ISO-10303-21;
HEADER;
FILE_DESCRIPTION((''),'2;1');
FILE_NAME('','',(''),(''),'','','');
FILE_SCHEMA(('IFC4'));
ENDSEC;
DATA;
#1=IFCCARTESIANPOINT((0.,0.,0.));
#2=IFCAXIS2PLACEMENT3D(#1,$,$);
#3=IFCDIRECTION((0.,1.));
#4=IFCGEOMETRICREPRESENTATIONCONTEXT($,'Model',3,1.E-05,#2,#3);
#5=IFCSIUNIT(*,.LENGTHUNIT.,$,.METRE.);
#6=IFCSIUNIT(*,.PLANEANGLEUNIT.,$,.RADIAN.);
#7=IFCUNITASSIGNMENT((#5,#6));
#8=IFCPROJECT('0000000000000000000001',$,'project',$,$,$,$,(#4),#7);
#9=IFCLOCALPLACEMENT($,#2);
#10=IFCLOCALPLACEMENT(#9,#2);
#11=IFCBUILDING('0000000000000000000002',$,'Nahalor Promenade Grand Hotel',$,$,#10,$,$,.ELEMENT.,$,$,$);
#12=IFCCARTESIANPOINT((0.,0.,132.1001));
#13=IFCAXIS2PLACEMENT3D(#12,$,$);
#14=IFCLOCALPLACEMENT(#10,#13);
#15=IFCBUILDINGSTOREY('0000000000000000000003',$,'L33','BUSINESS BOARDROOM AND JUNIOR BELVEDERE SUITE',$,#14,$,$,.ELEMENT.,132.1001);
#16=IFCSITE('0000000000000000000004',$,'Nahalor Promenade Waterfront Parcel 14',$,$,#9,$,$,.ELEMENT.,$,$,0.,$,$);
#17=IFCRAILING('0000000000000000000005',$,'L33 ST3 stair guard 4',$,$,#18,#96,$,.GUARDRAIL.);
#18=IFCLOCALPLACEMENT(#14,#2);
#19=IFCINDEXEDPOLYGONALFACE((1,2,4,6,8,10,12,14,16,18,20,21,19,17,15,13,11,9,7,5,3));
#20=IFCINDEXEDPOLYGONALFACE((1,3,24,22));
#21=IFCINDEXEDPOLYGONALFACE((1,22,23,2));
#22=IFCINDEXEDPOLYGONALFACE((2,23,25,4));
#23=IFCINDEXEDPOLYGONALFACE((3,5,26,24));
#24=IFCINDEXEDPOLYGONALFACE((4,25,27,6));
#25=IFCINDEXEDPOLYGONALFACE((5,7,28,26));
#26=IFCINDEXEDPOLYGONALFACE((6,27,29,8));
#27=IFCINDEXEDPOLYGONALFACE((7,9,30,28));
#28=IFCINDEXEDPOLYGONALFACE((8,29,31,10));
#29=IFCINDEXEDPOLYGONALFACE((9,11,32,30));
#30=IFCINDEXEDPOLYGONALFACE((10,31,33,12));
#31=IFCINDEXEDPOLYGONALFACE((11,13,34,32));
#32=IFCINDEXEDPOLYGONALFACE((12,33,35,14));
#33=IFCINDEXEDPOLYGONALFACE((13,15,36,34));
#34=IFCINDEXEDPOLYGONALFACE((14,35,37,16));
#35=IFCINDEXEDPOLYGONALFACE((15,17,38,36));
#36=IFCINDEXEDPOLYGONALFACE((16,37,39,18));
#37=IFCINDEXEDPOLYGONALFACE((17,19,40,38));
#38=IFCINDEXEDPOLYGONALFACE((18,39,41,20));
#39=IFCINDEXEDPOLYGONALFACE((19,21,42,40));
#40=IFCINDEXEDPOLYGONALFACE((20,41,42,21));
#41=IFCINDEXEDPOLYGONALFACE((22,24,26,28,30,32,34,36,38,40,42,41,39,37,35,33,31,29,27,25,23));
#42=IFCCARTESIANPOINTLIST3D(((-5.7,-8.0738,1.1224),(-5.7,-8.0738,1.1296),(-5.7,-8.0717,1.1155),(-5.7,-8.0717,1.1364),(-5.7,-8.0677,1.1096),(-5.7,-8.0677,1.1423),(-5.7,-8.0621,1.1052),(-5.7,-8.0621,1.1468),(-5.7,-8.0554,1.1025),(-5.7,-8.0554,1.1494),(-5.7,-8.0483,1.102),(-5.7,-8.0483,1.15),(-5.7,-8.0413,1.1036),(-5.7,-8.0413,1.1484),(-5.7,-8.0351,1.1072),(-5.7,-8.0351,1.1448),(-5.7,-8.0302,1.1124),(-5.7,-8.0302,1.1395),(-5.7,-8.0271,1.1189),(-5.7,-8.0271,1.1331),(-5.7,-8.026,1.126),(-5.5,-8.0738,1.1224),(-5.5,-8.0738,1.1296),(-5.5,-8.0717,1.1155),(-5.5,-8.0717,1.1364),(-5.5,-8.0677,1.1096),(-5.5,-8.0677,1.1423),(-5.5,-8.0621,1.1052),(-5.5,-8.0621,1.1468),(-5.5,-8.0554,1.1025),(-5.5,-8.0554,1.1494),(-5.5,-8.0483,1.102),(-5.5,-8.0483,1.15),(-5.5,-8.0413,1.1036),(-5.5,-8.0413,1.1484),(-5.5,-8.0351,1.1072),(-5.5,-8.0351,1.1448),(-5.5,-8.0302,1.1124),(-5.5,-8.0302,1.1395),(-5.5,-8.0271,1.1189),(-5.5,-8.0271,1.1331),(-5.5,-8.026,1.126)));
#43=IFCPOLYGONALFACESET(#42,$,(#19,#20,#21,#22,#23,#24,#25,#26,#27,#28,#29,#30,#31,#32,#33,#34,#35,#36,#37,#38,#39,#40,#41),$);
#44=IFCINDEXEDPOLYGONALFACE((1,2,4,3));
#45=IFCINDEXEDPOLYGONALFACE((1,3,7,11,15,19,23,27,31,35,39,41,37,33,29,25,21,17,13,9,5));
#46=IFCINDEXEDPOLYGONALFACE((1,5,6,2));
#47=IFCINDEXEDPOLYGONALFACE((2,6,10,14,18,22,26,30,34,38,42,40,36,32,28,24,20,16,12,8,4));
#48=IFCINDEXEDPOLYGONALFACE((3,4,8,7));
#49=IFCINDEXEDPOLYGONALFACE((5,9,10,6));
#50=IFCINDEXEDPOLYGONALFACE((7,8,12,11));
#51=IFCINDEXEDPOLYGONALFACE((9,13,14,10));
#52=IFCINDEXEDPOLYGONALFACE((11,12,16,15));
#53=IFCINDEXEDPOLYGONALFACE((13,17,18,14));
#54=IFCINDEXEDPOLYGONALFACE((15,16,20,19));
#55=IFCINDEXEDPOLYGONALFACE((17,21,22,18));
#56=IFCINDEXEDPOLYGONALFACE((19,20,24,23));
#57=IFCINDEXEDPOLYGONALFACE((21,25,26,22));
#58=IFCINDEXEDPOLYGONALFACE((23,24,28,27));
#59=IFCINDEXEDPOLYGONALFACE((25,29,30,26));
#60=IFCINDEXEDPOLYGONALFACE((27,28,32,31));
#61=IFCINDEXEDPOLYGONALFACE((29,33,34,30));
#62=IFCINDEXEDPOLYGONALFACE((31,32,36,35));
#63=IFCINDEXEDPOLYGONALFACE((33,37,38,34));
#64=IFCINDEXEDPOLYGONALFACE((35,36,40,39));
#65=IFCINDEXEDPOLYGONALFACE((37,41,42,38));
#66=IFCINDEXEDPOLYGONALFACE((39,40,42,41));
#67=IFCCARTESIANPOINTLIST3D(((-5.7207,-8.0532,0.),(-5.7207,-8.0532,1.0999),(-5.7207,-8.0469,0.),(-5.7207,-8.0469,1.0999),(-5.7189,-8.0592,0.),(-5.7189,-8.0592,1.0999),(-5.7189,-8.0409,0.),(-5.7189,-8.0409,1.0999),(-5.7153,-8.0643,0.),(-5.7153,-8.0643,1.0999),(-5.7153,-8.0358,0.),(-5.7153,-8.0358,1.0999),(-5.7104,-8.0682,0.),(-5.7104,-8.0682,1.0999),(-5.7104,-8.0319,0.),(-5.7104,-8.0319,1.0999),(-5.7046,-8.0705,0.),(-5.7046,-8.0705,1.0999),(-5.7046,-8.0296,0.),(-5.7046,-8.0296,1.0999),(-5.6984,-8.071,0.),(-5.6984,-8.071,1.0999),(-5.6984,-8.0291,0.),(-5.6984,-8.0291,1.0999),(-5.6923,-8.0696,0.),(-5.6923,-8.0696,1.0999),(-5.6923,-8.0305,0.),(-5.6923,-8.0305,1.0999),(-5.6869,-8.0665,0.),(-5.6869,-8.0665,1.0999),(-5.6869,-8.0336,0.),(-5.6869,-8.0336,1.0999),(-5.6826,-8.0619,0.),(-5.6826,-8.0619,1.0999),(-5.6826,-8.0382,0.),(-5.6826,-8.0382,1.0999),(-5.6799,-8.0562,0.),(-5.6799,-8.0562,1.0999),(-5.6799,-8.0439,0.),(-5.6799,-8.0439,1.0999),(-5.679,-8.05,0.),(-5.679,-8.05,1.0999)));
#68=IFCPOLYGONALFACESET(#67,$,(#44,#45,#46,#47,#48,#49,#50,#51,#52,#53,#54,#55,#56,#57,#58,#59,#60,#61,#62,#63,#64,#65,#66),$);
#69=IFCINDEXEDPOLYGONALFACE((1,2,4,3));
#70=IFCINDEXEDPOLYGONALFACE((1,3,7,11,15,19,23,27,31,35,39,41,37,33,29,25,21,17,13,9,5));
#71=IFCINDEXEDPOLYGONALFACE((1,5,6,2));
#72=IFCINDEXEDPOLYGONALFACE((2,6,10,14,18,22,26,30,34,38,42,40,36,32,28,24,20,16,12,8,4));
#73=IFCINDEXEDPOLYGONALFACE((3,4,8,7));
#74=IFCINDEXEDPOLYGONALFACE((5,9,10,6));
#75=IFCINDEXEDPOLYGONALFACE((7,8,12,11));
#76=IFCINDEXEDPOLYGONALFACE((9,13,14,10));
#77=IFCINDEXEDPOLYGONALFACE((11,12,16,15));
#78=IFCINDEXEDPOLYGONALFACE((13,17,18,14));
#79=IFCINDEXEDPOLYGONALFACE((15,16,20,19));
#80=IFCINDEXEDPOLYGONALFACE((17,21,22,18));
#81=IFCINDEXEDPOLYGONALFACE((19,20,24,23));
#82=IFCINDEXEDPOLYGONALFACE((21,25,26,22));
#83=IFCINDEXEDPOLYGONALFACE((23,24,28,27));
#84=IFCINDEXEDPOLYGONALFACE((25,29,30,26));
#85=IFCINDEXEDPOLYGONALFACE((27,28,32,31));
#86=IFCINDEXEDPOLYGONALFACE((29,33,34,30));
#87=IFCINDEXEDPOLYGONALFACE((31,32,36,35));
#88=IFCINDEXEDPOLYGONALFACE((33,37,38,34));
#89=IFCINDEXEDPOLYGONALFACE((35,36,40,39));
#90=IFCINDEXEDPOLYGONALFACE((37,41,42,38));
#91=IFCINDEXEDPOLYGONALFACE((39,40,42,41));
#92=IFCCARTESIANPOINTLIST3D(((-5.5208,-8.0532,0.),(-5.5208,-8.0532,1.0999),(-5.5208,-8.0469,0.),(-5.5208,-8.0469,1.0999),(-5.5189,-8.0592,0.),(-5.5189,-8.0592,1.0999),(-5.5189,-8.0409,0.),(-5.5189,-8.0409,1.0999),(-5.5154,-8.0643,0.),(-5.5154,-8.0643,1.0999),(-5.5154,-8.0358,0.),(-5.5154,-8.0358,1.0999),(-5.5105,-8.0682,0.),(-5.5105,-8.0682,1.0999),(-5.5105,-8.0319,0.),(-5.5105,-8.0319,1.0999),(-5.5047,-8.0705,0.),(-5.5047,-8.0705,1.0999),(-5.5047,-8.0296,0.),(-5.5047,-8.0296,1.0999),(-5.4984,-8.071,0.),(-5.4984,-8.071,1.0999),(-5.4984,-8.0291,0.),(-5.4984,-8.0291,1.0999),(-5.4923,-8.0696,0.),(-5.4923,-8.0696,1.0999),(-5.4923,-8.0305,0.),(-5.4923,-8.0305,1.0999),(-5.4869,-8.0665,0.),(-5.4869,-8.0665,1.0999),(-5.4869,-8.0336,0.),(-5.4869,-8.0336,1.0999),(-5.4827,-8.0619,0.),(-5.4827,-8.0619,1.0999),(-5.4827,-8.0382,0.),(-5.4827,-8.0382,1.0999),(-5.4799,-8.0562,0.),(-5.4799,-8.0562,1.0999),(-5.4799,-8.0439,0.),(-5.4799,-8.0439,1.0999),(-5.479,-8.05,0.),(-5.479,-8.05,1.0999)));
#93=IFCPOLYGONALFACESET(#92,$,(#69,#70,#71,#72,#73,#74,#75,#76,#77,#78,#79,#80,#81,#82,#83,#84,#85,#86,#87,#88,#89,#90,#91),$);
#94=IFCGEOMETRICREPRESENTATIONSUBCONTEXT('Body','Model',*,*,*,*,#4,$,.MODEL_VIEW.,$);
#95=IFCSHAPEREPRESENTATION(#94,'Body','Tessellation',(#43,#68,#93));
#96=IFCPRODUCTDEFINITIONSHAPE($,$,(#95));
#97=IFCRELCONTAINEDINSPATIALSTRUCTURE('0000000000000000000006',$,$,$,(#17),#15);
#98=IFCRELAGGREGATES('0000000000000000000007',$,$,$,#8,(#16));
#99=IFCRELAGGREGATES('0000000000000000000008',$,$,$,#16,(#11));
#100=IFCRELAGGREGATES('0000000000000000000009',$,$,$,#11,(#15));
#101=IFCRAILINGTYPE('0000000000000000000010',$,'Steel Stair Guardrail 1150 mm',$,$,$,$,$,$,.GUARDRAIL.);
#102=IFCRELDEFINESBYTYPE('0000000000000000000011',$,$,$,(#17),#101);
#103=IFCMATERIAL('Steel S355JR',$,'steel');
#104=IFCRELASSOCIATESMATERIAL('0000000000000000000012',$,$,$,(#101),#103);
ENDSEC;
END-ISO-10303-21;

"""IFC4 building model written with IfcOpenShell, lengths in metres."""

from ifc_helpers import new_model, si_unit, direction, frame, origin, origin_2d, place, context, subcontext, project, spatial, circle, extrude, material, type_object, element, save


model = new_model("IFC4")

# Units and contexts
model_context = context("Model", 3, precision=1e-05, world=origin(), true_north=direction((0.0, 1.0)))
body_context = subcontext(model_context, "Body", "Model", "MODEL_VIEW")
ifc_project = project(units=[si_unit("LENGTHUNIT", "METRE"), si_unit("PLANEANGLEUNIT", "RADIAN")], contexts=[model_context])

# Site, building, storey
site_placement = place(None, origin())
site = spatial("IfcSite", under=ifc_project, at=site_placement, Name="Nahalor Promenade Waterfront Parcel 14", CompositionType="ELEMENT", RefElevation=0.0)
building_placement = place(site_placement, origin())
building = spatial("IfcBuilding", under=site, at=building_placement, Name="Nahalor Promenade Grand Hotel", CompositionType="ELEMENT")
storey_placement = place(building_placement, frame((0.0, 0.0, 132.1001)))
storey = spatial("IfcBuildingStorey", under=building, at=storey_placement, Name="L33", Description="BUSINESS BOARDROOM AND JUNIOR BELVEDERE SUITE", CompositionType="ELEMENT", Elevation=132.1001)

# Shared definitions
ifc_material_1 = material(Name="Steel S355JR", Category="steel")

# Railing
railing_type_1 = type_object("IfcRailingType", Name="Steel Stair Guardrail 1150 mm", PredefinedType="GUARDRAIL", material=ifc_material_1)
railing_1_placement = place(storey_placement, frame((-5.7, -8.05, 0.0)))
element("IfcRailing", 1, at=railing_1_placement, inside=storey, type_object=railing_type_1, Name="L33 ST3 stair guard 4", PredefinedType="GUARDRAIL", context=body_context, shape_type="SweptSolid", body=[
    extrude(circle(Radius=0.024, at=origin_2d()), frame((0.0, 0.0, 1.126), z_axis=(1.0, 0.0, 0.0), x_axis=(0.0, 1.0, 0.0)), (0.0, 0.0, 1.0), 0.2),
    extrude(circle(Radius=0.021, at=origin_2d()), origin(), (0.0, 0.0, 1.0), 1.0999),
    extrude(circle(Radius=0.021, at=origin_2d()), frame((0.2, 0.0, 0.0)), (0.0, 0.0, 1.0), 1.0999),
])

save(model, "model.ifc")
